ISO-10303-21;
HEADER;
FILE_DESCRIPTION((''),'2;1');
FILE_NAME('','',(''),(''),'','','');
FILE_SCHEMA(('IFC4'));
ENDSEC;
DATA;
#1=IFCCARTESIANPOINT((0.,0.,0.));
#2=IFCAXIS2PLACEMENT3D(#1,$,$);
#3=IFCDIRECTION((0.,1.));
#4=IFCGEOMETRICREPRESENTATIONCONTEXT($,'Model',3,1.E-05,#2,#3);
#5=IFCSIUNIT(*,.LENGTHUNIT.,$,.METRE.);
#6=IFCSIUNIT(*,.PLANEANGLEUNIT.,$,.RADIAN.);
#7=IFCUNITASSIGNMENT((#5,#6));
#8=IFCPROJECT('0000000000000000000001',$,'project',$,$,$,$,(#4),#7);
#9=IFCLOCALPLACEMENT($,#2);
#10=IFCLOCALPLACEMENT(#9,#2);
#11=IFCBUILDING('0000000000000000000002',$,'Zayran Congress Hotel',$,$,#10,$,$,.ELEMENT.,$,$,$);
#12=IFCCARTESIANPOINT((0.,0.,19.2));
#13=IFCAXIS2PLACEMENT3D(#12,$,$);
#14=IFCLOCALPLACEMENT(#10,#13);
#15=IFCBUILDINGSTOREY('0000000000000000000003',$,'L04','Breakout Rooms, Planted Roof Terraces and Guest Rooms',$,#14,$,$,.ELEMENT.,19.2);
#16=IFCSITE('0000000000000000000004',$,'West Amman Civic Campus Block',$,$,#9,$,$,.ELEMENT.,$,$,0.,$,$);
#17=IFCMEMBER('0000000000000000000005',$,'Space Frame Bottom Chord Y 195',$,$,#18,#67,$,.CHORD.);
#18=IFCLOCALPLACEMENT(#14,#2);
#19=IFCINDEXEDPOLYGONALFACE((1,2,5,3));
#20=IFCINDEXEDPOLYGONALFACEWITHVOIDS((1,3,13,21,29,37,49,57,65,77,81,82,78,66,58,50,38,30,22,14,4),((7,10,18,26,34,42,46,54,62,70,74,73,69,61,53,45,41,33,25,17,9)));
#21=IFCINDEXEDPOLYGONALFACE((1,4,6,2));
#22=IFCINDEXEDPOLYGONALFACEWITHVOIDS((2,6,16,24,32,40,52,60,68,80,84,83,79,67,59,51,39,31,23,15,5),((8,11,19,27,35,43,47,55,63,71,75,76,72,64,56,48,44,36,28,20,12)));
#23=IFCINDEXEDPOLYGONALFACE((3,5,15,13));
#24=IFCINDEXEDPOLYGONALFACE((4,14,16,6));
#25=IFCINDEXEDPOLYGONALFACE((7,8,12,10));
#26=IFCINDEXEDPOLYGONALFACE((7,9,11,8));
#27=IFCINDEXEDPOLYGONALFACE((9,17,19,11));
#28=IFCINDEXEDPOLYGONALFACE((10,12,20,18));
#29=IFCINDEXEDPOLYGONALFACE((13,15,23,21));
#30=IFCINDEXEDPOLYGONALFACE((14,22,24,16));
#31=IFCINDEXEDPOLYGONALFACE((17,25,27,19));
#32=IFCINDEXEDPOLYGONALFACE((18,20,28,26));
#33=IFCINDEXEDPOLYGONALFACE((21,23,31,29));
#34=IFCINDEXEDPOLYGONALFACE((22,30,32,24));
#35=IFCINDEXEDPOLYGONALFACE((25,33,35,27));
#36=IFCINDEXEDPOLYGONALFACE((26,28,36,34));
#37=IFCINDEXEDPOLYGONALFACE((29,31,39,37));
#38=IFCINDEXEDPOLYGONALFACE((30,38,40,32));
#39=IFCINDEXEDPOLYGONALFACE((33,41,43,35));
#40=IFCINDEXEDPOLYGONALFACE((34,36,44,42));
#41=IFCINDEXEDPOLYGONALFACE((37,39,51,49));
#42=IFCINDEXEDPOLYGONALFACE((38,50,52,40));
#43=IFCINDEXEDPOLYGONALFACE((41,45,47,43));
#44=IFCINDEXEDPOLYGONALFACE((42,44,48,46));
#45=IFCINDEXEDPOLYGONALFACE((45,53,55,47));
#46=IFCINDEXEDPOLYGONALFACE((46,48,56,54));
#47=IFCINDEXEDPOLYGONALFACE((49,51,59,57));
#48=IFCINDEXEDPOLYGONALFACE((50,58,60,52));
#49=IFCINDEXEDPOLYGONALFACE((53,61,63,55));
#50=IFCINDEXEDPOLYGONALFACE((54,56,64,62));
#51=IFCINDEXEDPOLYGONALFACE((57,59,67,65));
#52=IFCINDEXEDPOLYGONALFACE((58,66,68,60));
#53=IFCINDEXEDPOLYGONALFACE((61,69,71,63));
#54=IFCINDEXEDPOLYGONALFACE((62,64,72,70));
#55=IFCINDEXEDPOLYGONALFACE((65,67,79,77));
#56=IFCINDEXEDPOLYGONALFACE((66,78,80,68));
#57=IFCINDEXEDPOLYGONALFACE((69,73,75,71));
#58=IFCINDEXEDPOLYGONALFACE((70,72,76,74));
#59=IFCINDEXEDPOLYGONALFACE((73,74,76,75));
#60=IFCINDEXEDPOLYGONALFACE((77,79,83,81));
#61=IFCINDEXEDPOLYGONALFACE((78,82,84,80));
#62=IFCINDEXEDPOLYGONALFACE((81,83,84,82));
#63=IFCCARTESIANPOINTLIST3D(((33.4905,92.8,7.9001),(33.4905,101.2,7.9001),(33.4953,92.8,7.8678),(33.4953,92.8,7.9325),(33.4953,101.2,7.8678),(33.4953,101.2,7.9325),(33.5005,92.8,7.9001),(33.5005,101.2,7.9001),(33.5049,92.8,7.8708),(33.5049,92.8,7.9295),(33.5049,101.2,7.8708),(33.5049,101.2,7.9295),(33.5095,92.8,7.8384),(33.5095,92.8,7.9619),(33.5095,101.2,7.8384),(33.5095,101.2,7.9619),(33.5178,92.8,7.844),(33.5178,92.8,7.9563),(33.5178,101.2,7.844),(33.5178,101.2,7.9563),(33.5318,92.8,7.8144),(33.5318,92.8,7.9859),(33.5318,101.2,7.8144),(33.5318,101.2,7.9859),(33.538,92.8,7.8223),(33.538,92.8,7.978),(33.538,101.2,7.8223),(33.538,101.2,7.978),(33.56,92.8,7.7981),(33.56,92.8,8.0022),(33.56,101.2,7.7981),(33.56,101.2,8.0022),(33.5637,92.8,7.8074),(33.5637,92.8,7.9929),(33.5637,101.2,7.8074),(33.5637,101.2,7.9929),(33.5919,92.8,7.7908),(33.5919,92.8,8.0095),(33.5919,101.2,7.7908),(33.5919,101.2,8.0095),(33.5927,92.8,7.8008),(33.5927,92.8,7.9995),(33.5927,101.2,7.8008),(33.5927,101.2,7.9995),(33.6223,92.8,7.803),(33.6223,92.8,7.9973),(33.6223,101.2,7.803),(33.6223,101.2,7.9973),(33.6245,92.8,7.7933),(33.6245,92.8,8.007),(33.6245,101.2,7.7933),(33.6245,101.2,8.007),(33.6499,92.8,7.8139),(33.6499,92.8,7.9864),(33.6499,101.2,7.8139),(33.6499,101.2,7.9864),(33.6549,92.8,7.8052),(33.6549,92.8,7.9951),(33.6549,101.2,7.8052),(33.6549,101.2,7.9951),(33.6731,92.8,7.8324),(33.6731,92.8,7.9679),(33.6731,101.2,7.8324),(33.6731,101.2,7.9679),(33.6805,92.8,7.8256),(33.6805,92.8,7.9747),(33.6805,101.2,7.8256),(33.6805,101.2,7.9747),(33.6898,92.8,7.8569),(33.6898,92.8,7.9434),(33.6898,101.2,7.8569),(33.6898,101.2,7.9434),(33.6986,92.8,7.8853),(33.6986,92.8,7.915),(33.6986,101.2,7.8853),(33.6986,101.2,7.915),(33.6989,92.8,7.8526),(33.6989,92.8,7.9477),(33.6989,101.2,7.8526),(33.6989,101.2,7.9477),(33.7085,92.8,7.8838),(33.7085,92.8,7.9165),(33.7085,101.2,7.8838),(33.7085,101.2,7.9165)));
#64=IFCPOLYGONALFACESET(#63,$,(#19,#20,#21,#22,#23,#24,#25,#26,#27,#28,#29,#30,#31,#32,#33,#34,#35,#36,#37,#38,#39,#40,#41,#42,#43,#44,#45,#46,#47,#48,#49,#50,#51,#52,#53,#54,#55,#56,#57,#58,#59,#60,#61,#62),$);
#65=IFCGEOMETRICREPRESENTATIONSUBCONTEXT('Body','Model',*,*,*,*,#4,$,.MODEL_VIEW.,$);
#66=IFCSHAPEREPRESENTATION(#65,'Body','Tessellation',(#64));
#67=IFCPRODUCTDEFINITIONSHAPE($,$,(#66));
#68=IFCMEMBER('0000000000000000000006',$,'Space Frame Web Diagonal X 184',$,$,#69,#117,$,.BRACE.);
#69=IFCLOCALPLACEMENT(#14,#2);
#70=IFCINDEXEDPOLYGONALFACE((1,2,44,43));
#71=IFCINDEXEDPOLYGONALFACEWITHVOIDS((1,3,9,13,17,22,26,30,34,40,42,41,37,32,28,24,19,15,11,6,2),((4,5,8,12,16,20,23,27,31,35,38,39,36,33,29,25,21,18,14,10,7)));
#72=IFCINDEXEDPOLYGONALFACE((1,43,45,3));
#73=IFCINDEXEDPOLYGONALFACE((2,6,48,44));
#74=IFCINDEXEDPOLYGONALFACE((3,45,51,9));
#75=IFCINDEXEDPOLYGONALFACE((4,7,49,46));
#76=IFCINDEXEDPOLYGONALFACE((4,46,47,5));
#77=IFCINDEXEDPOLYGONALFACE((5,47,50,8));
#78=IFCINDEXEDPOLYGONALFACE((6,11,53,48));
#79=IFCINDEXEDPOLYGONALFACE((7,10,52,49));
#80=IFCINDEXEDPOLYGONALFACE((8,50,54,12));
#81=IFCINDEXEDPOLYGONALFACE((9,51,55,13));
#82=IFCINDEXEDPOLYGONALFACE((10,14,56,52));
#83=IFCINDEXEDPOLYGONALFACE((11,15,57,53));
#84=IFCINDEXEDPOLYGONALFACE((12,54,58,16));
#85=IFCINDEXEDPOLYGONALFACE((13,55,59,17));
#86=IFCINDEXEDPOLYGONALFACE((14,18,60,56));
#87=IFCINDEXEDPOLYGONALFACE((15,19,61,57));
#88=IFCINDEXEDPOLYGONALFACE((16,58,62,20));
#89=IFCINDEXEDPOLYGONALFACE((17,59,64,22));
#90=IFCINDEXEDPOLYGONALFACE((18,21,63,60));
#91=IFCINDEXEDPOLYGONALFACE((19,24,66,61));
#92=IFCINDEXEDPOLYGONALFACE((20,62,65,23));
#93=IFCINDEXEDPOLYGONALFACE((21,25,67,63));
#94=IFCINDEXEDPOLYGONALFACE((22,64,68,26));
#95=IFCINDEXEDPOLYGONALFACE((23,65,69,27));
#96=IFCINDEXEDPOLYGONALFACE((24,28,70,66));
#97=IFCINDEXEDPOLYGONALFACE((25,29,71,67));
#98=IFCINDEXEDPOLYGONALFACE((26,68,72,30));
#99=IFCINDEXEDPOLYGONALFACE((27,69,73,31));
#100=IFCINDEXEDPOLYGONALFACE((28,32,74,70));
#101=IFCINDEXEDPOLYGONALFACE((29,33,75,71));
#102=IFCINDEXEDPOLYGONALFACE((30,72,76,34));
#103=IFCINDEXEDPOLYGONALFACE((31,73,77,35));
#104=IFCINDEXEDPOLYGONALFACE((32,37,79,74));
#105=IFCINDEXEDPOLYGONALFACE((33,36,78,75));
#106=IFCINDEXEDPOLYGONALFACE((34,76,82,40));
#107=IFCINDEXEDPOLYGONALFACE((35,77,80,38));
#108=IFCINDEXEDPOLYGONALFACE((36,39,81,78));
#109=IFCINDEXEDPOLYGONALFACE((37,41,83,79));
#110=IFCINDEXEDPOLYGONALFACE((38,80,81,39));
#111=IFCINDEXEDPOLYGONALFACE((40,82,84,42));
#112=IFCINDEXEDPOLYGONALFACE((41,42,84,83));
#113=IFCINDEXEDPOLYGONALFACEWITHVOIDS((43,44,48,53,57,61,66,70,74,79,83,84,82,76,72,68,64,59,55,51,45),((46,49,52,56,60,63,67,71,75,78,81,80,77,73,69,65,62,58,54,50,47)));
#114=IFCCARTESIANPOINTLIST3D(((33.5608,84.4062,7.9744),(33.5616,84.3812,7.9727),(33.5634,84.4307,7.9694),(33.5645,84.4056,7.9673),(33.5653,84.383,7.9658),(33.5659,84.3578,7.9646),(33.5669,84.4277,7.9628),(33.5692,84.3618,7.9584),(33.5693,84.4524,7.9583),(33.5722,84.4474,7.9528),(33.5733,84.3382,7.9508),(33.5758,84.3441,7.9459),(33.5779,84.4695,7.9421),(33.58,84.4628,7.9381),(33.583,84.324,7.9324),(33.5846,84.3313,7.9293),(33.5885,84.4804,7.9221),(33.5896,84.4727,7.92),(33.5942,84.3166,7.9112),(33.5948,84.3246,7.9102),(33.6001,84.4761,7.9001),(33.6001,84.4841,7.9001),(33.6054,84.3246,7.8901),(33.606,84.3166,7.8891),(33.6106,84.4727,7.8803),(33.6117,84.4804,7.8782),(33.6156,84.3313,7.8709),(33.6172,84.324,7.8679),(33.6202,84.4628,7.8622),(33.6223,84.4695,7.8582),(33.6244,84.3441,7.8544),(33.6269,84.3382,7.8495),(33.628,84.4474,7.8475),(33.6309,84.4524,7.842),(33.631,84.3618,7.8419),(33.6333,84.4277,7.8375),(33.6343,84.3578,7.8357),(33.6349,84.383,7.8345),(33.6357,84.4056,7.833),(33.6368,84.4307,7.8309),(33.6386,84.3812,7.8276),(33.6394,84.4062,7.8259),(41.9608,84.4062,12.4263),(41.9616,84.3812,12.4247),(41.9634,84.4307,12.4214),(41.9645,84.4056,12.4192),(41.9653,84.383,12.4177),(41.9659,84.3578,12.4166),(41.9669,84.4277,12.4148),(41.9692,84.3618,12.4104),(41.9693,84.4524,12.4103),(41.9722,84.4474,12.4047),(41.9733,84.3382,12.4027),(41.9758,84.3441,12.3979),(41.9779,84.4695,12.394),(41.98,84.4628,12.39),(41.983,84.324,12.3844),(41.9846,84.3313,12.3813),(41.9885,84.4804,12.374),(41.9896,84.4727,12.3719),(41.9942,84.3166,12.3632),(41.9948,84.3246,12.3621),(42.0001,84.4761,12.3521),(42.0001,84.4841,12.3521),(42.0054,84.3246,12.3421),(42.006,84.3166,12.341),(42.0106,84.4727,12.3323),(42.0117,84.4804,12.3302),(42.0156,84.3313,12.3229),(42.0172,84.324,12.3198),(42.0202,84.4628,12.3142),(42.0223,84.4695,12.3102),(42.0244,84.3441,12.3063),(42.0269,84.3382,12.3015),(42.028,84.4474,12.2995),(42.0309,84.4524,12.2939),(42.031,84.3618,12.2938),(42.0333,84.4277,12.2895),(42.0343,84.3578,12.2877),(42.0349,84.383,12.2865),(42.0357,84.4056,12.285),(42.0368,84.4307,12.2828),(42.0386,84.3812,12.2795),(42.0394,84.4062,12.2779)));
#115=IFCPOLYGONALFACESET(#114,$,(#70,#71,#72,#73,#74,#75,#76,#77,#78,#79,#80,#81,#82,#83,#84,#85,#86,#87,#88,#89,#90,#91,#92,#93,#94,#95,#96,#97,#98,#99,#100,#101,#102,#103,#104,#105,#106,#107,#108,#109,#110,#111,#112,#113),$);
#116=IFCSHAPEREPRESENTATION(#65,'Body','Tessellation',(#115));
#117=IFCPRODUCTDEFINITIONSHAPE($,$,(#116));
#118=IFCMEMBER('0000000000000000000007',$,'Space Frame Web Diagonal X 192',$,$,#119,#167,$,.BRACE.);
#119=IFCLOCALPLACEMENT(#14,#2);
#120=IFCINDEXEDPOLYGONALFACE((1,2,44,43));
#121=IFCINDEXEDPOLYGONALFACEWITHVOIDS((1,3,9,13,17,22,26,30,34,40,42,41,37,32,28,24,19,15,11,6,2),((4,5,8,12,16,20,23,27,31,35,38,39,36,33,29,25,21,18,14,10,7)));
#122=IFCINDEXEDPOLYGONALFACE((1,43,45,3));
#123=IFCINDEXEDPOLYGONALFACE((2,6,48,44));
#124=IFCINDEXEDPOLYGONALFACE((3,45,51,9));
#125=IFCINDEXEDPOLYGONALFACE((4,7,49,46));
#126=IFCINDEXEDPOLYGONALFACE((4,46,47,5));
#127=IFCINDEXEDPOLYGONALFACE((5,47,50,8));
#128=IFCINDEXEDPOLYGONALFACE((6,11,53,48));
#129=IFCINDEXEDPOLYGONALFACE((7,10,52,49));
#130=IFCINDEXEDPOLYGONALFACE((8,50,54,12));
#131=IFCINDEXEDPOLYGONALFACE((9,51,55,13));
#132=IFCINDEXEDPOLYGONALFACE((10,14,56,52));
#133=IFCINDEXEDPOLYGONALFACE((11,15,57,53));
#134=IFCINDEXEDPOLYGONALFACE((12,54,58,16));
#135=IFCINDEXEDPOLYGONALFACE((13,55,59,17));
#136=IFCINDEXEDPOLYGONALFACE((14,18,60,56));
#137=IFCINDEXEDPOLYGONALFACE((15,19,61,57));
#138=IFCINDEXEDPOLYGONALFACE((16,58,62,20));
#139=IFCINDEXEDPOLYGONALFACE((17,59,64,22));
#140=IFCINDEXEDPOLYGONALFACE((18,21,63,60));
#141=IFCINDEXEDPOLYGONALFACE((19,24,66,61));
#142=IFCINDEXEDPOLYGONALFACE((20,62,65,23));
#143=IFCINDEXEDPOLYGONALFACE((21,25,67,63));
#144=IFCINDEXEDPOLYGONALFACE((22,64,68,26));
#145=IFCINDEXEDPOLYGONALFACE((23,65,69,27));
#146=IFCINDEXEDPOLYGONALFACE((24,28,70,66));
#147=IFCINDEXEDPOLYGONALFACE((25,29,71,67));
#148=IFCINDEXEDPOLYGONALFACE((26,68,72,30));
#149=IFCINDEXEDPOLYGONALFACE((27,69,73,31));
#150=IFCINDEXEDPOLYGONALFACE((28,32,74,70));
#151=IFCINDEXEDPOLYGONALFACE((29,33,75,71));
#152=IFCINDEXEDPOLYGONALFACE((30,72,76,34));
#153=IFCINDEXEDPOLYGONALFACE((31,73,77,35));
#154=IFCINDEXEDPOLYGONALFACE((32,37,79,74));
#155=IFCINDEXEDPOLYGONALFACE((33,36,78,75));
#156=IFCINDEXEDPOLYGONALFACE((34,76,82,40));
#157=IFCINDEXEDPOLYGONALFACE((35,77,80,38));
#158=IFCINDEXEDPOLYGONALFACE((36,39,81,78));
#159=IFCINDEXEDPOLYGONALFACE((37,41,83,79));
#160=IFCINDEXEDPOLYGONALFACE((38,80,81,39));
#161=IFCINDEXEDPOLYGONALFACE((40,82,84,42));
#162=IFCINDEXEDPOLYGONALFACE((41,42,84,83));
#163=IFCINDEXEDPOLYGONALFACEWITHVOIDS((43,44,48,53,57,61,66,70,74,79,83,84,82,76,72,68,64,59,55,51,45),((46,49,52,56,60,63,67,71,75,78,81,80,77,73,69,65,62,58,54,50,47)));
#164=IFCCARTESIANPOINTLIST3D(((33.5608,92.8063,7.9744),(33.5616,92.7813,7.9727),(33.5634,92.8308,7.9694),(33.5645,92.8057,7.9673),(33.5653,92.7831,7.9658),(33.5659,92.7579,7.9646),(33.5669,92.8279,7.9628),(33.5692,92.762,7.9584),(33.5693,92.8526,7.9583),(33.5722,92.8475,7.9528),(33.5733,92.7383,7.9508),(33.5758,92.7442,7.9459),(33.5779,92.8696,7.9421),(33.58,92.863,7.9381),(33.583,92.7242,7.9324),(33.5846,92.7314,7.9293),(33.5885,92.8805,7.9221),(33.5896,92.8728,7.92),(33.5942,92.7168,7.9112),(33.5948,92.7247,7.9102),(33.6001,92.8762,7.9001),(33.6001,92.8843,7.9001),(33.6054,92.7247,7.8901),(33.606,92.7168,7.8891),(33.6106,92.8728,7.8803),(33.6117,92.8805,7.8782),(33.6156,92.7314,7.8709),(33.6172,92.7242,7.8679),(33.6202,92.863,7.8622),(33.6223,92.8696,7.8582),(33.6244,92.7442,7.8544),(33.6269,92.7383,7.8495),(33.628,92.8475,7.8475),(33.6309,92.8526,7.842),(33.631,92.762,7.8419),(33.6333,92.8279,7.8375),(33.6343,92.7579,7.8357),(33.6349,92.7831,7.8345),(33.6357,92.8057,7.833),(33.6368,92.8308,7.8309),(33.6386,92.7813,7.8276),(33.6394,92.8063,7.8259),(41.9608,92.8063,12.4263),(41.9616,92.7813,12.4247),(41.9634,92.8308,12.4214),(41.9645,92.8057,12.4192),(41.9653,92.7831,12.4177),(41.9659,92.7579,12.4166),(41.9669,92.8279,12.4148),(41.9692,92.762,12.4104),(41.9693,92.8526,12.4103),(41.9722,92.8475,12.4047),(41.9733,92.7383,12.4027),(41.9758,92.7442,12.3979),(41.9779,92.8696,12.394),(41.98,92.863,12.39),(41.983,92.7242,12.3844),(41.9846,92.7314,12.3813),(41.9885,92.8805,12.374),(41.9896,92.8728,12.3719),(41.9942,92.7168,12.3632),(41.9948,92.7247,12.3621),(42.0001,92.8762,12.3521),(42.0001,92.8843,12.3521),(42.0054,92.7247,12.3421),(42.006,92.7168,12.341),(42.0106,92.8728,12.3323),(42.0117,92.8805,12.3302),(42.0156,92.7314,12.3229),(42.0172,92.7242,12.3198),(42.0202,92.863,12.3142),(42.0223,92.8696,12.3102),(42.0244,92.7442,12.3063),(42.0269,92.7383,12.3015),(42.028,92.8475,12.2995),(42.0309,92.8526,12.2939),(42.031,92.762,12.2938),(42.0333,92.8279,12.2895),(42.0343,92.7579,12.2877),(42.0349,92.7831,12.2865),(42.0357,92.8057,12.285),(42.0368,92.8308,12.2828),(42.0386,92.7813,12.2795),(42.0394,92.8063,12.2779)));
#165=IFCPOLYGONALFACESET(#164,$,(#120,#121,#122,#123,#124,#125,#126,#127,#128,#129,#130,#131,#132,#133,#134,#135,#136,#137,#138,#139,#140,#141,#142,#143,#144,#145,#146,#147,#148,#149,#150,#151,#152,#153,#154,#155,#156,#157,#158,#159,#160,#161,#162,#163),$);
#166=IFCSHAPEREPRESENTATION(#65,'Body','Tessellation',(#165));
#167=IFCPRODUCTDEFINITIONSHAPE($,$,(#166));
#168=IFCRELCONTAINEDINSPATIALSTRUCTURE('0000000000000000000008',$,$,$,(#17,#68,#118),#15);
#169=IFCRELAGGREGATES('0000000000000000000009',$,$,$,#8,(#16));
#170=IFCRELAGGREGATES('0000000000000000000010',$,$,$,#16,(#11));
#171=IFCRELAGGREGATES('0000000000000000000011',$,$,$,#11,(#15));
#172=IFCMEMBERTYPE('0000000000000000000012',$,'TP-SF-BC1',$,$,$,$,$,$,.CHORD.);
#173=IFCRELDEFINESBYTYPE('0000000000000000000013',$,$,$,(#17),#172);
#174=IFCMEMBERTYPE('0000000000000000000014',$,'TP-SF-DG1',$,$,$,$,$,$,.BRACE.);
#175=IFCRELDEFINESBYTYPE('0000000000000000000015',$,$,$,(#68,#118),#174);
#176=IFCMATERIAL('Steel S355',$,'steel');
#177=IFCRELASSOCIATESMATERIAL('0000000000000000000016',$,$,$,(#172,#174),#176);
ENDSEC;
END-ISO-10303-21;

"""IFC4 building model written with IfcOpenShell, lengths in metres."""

from ifc_helpers import new_model, si_unit, direction, frame, origin, origin_2d, place, context, subcontext, project, spatial, hollow_circle, extrude, material, material_profile, profile_set, type_object, element, save


model = new_model("IFC4")

# Units and contexts
model_context = context("Model", 3, precision=1e-05, world=origin(), true_north=direction((0.0, 1.0)))
body_context = subcontext(model_context, "Body", "Model", "MODEL_VIEW")
ifc_project = project(units=[si_unit("LENGTHUNIT", "METRE"), si_unit("PLANEANGLEUNIT", "RADIAN")], contexts=[model_context])

# Site, building, storey
site_placement = place(None, origin())
site = spatial("IfcSite", under=ifc_project, at=site_placement, Name="West Amman Civic Campus Block", CompositionType="ELEMENT", RefElevation=0.0)
building_placement = place(site_placement, origin())
building = spatial("IfcBuilding", under=site, at=building_placement, Name="Zayran Congress Hotel", CompositionType="ELEMENT")
storey_placement = place(building_placement, frame((0.0, 0.0, 19.2)))
storey = spatial("IfcBuildingStorey", under=building, at=storey_placement, Name="L04", Description="Breakout Rooms, Planted Roof Terraces and Guest Rooms", CompositionType="ELEMENT", Elevation=19.2)

# Members
ifc_material_1 = material(Name="Steel S355", Category="steel")
ifc_material_profile_1 = material_profile(ifc_material_1, hollow_circle(Radius=0.1096, WallThickness=0.01, at=origin_2d()), Name="CHS 219.1x10")
ifc_profile_set_1 = profile_set([ifc_material_profile_1], Name="Steel S355")
member_type_1 = type_object("IfcMemberType", Name="TP-SF-BC1", PredefinedType="CHORD", material=ifc_profile_set_1)
member_1_placement = place(storey_placement, frame((33.6001, 92.8, 7.9001), z_axis=(0.0, 1.0, 0.0), x_axis=(-1.0, 0.0, 0.0)))
element("IfcMember", 1, at=member_1_placement, inside=storey, type_object=member_type_1, Name="Space Frame Bottom Chord Y 195", PredefinedType="CHORD", context=body_context, shape_type="SweptSolid", body=[
    extrude(hollow_circle(Radius=0.1096, WallThickness=0.01, at=origin_2d()), origin(), (0.0, 0.0, 1.0), 8.3999),
])
ifc_material_profile_2 = material_profile(ifc_material_1, hollow_circle(Radius=0.0842, WallThickness=0.0081, at=origin_2d()), Name="CHS 168.3x8")
ifc_profile_set_2 = profile_set([ifc_material_profile_2], Name="Steel S355")
member_type_2 = type_object("IfcMemberType", Name="TP-SF-DG1", PredefinedType="BRACE", material=ifc_profile_set_2)
for number, where, z_axis, x_axis, name in (
    (2, (33.6001, 84.3999, 7.9001), (0.883575, 0.0, 0.46829), (0.0, 1.0, 0.0), "Space Frame Web Diagonal X 184"),
    (3, (33.6001, 92.8, 7.9001), (0.883575, 0.0, 0.46829), (0.0, 1.0, 0.0), "Space Frame Web Diagonal X 192"),
):
    element("IfcMember", number, at=place(storey_placement, frame(where, z_axis=z_axis, x_axis=x_axis)), inside=storey, type_object=member_type_2, Name=name, PredefinedType="BRACE", context=body_context, shape_type="SweptSolid", body=[
        extrude(hollow_circle(Radius=0.0842, WallThickness=0.0081, at=origin_2d()), origin(), (0.0, 0.0, 1.0), 9.5068),
    ])

save(model, "model.ifc")
